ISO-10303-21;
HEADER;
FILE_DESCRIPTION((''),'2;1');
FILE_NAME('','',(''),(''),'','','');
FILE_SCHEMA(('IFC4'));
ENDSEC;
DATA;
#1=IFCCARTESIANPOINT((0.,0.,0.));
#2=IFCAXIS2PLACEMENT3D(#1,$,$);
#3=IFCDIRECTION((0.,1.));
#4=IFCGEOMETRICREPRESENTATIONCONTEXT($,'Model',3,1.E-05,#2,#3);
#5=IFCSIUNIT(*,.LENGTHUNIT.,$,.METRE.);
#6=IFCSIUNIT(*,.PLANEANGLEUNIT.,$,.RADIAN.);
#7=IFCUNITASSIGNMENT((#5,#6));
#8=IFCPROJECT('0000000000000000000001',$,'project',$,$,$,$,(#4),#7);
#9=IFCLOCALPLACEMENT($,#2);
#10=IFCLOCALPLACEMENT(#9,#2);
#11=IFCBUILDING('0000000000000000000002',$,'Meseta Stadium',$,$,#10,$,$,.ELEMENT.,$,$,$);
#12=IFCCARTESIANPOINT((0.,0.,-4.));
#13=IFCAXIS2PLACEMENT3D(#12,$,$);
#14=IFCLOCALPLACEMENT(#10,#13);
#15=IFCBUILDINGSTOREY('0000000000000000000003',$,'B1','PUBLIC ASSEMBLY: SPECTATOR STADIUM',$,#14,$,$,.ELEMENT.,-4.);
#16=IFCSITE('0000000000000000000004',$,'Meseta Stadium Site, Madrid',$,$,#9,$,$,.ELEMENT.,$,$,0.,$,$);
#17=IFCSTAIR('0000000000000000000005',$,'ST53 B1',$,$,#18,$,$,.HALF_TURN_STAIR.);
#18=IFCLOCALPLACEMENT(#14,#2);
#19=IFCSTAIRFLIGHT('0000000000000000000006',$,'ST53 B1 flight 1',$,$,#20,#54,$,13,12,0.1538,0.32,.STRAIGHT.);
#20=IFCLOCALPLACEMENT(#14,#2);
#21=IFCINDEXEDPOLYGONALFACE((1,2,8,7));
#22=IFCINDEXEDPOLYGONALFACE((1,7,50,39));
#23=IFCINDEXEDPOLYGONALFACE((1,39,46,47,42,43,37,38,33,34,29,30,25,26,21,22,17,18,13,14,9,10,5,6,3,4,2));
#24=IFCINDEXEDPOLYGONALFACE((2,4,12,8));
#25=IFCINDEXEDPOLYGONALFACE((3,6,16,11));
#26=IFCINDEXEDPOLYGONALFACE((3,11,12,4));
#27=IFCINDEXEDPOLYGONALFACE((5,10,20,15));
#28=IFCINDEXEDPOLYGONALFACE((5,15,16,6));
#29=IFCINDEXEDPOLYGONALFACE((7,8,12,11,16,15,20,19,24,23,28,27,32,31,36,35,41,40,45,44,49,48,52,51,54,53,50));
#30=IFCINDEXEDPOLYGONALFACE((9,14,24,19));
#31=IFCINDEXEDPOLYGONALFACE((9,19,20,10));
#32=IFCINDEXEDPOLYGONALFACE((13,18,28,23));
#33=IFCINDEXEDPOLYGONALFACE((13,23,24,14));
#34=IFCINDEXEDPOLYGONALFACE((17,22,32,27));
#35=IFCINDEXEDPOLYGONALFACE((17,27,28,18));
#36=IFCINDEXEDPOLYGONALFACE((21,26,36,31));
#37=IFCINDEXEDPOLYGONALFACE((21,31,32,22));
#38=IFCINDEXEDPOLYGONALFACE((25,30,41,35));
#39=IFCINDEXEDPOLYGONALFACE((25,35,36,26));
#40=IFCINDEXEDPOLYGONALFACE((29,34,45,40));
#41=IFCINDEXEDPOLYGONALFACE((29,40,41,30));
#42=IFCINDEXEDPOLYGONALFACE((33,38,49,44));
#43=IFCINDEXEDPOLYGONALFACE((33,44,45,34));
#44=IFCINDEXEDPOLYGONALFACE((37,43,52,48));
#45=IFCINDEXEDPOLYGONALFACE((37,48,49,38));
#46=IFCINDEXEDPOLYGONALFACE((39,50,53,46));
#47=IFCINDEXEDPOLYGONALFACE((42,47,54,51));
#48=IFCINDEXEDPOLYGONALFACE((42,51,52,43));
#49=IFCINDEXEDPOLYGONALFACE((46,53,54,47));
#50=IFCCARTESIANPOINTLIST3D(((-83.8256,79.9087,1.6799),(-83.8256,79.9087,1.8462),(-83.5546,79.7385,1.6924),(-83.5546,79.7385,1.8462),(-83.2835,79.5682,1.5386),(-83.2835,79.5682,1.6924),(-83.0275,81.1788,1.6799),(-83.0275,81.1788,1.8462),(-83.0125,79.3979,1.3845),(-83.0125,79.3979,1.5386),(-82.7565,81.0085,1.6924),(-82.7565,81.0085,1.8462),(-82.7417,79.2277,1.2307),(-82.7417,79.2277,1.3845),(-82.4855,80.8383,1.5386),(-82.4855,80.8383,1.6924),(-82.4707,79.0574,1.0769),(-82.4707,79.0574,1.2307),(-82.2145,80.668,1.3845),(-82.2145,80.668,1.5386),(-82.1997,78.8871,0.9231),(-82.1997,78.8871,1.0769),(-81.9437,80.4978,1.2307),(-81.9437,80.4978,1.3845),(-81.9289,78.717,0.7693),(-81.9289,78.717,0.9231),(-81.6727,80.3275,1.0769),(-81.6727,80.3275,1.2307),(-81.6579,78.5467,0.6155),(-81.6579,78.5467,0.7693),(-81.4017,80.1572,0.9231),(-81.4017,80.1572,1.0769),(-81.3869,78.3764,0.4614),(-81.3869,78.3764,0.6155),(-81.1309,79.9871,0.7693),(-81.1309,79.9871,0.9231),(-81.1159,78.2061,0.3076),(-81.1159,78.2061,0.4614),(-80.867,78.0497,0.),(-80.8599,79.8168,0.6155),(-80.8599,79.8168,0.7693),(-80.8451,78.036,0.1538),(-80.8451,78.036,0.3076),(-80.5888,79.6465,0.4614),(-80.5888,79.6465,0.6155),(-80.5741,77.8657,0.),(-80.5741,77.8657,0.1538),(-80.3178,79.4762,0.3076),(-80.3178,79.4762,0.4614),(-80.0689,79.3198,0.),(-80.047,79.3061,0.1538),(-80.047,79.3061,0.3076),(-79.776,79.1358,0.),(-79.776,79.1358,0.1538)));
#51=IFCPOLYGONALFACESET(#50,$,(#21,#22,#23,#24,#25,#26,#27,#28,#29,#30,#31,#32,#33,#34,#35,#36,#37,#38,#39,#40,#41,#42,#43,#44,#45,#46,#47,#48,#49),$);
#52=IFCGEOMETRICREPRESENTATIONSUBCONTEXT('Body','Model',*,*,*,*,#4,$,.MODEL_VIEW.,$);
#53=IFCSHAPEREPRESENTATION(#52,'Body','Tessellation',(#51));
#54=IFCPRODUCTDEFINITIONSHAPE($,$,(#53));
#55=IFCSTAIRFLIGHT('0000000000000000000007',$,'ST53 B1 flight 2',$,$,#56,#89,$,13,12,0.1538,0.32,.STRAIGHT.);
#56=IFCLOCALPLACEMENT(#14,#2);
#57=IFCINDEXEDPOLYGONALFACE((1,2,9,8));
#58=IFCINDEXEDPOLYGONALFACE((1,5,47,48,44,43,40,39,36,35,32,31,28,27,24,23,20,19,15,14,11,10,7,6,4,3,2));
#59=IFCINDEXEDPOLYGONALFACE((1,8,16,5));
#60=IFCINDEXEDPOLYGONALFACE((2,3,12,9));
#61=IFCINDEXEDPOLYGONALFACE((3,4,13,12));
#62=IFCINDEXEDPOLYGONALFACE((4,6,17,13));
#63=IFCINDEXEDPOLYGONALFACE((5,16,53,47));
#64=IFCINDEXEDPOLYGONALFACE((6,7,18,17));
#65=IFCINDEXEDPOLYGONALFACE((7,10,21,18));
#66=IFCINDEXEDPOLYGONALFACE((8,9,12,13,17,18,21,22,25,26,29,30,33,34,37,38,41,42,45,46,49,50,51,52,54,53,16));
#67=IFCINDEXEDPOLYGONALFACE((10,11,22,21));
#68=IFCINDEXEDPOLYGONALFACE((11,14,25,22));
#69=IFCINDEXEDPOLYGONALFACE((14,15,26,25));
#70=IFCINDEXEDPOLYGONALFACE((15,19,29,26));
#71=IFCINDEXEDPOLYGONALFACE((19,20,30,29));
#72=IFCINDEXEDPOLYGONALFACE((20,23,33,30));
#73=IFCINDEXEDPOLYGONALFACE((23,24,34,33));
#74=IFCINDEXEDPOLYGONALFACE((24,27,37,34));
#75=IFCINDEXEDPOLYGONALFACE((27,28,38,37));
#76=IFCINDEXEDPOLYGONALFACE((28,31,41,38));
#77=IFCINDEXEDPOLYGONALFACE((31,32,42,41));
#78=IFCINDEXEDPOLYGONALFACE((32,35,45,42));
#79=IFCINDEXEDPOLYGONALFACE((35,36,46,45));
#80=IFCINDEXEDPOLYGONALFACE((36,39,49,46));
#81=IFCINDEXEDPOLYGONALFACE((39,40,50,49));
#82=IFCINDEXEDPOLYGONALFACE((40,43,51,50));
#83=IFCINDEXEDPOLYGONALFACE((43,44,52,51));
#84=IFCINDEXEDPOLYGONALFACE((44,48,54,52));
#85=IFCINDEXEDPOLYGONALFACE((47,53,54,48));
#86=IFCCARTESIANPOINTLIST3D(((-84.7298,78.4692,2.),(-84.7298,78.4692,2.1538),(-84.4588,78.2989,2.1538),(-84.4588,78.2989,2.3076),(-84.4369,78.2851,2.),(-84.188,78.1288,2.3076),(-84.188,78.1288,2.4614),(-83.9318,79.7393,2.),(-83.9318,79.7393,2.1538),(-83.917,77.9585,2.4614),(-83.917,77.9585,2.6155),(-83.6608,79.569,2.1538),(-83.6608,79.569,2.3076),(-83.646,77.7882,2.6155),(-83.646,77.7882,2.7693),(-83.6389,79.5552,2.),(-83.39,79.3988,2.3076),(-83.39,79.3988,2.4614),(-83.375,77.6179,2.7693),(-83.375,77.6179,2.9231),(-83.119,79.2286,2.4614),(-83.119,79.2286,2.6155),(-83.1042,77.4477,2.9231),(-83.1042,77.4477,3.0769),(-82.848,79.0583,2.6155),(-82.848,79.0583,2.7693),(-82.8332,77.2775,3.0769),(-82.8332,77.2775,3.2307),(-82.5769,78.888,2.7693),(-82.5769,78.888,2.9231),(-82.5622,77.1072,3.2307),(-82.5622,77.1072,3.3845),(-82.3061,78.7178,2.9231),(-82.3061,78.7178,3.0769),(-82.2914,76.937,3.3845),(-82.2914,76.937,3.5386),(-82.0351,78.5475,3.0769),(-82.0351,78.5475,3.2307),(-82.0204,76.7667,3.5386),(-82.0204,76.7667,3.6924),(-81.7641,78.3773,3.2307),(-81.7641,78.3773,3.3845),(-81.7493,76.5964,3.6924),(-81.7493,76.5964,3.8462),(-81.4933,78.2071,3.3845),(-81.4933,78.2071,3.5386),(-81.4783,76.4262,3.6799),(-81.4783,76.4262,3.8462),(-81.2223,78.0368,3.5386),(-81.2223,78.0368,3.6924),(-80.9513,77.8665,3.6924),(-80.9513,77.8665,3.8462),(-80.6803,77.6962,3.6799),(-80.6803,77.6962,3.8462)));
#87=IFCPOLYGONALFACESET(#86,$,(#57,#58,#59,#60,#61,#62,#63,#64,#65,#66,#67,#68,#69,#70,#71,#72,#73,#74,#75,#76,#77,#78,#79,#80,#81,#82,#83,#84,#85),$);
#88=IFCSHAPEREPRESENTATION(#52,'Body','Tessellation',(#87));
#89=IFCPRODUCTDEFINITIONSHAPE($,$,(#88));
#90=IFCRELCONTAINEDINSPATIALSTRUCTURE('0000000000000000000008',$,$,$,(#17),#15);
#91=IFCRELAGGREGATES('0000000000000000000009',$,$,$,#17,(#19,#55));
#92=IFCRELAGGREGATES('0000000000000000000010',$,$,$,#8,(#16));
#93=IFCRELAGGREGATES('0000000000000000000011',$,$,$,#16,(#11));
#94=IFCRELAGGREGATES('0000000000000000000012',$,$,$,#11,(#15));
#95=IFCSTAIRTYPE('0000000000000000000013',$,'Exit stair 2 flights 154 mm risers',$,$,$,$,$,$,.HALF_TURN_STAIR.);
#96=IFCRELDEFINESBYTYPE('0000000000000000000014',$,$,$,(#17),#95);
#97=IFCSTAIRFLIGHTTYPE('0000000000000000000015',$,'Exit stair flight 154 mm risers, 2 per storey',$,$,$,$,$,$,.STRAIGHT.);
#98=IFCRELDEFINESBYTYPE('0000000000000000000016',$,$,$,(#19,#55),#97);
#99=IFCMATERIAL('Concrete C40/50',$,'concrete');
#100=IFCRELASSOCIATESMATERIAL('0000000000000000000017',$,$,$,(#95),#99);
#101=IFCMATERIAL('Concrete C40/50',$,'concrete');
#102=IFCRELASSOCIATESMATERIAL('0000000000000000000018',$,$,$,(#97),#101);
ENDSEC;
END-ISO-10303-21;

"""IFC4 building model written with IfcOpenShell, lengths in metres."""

from ifc_helpers import new_model, si_unit, direction, frame, origin, place, context, subcontext, project, spatial, polyline, outline, extrude, material, type_object, element, aggregate, save


model = new_model("IFC4")

# Units and contexts
model_context = context("Model", 3, precision=1e-05, world=origin(), true_north=direction((0.0, 1.0)))
body_context = subcontext(model_context, "Body", "Model", "MODEL_VIEW")
ifc_project = project(units=[si_unit("LENGTHUNIT", "METRE"), si_unit("PLANEANGLEUNIT", "RADIAN")], contexts=[model_context])

# Site, building, storey
site_placement = place(None, origin())
site = spatial("IfcSite", under=ifc_project, at=site_placement, Name="Meseta Stadium Site, Madrid", CompositionType="ELEMENT", RefElevation=0.0)
building_placement = place(site_placement, origin())
building = spatial("IfcBuilding", under=site, at=building_placement, Name="Meseta Stadium", CompositionType="ELEMENT")
storey_placement = place(building_placement, frame((0.0, 0.0, -4.0)))
storey = spatial("IfcBuildingStorey", under=building, at=storey_placement, Name="B1", Description="PUBLIC ASSEMBLY: SPECTATOR STADIUM", CompositionType="ELEMENT", Elevation=-4.0)

# Stair, stair flights
ifc_material_1 = material(Name="Concrete C40/50", Category="concrete")
stair_type = type_object("IfcStairType", Name="Exit stair 2 flights 154 mm risers", PredefinedType="HALF_TURN_STAIR", material=ifc_material_1)
stair_placement = place(storey_placement, origin())
stair = element("IfcStair", 1, at=stair_placement, inside=storey, type_object=stair_type, Name="ST53 B1", PredefinedType="HALF_TURN_STAIR")
ifc_material_2 = material(Name="Concrete C40/50", Category="concrete")
stair_flight_type = type_object("IfcStairFlightType", Name="Exit stair flight 154 mm risers, 2 per storey", PredefinedType="STRAIGHT", material=ifc_material_2)
stair_flight_1_placement = place(storey_placement, frame((-80.175, 78.5007, 0.0), z_axis=(0.0, 0.0, 1.0), x_axis=(-0.846724, 0.532032, 0.0)))
stair_flight_1 = element("IfcStairFlight", 2, at=stair_flight_1_placement, type_object=stair_flight_type, Name="ST53 B1 flight 1", NumberOfRisers=13, NumberOfTreads=12, PredefinedType="STRAIGHT", RiserHeight=0.1538, TreadLength=0.32, context=body_context, shape_type="SweptSolid", body=[
    extrude(outline(polyline([(0.0, 0.0), (0.0, 0.1538), (0.3201, 0.1538), (0.3201, 0.3076), (0.6399, 0.3076), (0.6399, 0.4614), (0.96, 0.4614), (0.96, 0.6155), (1.28, 0.6155), (1.28, 0.7693), (1.6001, 0.7693), (1.6001, 0.9231), (1.9199, 0.9231), (1.9199, 1.0769), (2.24, 1.0769), (2.24, 1.2307), (2.5601, 1.2307), (2.5601, 1.3845), (2.8799, 1.3845), (2.8799, 1.5386), (3.2, 1.5386), (3.2, 1.6924), (3.52, 1.6924), (3.52, 1.8462), (3.8401, 1.8462), (3.8401, 1.6799), (0.3459, 0.0), (0.0, 0.0)])), frame((0.0, 0.75, 0.0), z_axis=(0.0, -1.0, 0.0), x_axis=(1.0, 0.0, 0.0)), (0.0, 0.0, 1.0), 1.5),
])
stair_flight_2_placement = place(storey_placement, frame((-84.3308, 79.1042, 2.0), z_axis=(0.0, 0.0, 1.0), x_axis=(0.846724, -0.532032, 0.0)))
stair_flight_2 = element("IfcStairFlight", 3, at=stair_flight_2_placement, type_object=stair_flight_type, Name="ST53 B1 flight 2", NumberOfRisers=13, NumberOfTreads=12, PredefinedType="STRAIGHT", RiserHeight=0.1538, TreadLength=0.32, context=body_context, shape_type="SweptSolid", body=[
    extrude(outline(polyline([(0.0, 0.0), (0.0, 0.1538), (0.3201, 0.1538), (0.3201, 0.3076), (0.6399, 0.3076), (0.6399, 0.4614), (0.96, 0.4614), (0.96, 0.6155), (1.28, 0.6155), (1.28, 0.7693), (1.6001, 0.7693), (1.6001, 0.9231), (1.9199, 0.9231), (1.9199, 1.0769), (2.24, 1.0769), (2.24, 1.2307), (2.5601, 1.2307), (2.5601, 1.3845), (2.8799, 1.3845), (2.8799, 1.5386), (3.2, 1.5386), (3.2, 1.6924), (3.52, 1.6924), (3.52, 1.8462), (3.8401, 1.8462), (3.8401, 1.6799), (0.3459, 0.0), (0.0, 0.0)])), frame((0.0, 0.75, 0.0), z_axis=(0.0, -1.0, 0.0), x_axis=(1.0, 0.0, 0.0)), (0.0, 0.0, 1.0), 1.5),
])
aggregate(stair, [stair_flight_1, stair_flight_2])

save(model, "model.ifc")
